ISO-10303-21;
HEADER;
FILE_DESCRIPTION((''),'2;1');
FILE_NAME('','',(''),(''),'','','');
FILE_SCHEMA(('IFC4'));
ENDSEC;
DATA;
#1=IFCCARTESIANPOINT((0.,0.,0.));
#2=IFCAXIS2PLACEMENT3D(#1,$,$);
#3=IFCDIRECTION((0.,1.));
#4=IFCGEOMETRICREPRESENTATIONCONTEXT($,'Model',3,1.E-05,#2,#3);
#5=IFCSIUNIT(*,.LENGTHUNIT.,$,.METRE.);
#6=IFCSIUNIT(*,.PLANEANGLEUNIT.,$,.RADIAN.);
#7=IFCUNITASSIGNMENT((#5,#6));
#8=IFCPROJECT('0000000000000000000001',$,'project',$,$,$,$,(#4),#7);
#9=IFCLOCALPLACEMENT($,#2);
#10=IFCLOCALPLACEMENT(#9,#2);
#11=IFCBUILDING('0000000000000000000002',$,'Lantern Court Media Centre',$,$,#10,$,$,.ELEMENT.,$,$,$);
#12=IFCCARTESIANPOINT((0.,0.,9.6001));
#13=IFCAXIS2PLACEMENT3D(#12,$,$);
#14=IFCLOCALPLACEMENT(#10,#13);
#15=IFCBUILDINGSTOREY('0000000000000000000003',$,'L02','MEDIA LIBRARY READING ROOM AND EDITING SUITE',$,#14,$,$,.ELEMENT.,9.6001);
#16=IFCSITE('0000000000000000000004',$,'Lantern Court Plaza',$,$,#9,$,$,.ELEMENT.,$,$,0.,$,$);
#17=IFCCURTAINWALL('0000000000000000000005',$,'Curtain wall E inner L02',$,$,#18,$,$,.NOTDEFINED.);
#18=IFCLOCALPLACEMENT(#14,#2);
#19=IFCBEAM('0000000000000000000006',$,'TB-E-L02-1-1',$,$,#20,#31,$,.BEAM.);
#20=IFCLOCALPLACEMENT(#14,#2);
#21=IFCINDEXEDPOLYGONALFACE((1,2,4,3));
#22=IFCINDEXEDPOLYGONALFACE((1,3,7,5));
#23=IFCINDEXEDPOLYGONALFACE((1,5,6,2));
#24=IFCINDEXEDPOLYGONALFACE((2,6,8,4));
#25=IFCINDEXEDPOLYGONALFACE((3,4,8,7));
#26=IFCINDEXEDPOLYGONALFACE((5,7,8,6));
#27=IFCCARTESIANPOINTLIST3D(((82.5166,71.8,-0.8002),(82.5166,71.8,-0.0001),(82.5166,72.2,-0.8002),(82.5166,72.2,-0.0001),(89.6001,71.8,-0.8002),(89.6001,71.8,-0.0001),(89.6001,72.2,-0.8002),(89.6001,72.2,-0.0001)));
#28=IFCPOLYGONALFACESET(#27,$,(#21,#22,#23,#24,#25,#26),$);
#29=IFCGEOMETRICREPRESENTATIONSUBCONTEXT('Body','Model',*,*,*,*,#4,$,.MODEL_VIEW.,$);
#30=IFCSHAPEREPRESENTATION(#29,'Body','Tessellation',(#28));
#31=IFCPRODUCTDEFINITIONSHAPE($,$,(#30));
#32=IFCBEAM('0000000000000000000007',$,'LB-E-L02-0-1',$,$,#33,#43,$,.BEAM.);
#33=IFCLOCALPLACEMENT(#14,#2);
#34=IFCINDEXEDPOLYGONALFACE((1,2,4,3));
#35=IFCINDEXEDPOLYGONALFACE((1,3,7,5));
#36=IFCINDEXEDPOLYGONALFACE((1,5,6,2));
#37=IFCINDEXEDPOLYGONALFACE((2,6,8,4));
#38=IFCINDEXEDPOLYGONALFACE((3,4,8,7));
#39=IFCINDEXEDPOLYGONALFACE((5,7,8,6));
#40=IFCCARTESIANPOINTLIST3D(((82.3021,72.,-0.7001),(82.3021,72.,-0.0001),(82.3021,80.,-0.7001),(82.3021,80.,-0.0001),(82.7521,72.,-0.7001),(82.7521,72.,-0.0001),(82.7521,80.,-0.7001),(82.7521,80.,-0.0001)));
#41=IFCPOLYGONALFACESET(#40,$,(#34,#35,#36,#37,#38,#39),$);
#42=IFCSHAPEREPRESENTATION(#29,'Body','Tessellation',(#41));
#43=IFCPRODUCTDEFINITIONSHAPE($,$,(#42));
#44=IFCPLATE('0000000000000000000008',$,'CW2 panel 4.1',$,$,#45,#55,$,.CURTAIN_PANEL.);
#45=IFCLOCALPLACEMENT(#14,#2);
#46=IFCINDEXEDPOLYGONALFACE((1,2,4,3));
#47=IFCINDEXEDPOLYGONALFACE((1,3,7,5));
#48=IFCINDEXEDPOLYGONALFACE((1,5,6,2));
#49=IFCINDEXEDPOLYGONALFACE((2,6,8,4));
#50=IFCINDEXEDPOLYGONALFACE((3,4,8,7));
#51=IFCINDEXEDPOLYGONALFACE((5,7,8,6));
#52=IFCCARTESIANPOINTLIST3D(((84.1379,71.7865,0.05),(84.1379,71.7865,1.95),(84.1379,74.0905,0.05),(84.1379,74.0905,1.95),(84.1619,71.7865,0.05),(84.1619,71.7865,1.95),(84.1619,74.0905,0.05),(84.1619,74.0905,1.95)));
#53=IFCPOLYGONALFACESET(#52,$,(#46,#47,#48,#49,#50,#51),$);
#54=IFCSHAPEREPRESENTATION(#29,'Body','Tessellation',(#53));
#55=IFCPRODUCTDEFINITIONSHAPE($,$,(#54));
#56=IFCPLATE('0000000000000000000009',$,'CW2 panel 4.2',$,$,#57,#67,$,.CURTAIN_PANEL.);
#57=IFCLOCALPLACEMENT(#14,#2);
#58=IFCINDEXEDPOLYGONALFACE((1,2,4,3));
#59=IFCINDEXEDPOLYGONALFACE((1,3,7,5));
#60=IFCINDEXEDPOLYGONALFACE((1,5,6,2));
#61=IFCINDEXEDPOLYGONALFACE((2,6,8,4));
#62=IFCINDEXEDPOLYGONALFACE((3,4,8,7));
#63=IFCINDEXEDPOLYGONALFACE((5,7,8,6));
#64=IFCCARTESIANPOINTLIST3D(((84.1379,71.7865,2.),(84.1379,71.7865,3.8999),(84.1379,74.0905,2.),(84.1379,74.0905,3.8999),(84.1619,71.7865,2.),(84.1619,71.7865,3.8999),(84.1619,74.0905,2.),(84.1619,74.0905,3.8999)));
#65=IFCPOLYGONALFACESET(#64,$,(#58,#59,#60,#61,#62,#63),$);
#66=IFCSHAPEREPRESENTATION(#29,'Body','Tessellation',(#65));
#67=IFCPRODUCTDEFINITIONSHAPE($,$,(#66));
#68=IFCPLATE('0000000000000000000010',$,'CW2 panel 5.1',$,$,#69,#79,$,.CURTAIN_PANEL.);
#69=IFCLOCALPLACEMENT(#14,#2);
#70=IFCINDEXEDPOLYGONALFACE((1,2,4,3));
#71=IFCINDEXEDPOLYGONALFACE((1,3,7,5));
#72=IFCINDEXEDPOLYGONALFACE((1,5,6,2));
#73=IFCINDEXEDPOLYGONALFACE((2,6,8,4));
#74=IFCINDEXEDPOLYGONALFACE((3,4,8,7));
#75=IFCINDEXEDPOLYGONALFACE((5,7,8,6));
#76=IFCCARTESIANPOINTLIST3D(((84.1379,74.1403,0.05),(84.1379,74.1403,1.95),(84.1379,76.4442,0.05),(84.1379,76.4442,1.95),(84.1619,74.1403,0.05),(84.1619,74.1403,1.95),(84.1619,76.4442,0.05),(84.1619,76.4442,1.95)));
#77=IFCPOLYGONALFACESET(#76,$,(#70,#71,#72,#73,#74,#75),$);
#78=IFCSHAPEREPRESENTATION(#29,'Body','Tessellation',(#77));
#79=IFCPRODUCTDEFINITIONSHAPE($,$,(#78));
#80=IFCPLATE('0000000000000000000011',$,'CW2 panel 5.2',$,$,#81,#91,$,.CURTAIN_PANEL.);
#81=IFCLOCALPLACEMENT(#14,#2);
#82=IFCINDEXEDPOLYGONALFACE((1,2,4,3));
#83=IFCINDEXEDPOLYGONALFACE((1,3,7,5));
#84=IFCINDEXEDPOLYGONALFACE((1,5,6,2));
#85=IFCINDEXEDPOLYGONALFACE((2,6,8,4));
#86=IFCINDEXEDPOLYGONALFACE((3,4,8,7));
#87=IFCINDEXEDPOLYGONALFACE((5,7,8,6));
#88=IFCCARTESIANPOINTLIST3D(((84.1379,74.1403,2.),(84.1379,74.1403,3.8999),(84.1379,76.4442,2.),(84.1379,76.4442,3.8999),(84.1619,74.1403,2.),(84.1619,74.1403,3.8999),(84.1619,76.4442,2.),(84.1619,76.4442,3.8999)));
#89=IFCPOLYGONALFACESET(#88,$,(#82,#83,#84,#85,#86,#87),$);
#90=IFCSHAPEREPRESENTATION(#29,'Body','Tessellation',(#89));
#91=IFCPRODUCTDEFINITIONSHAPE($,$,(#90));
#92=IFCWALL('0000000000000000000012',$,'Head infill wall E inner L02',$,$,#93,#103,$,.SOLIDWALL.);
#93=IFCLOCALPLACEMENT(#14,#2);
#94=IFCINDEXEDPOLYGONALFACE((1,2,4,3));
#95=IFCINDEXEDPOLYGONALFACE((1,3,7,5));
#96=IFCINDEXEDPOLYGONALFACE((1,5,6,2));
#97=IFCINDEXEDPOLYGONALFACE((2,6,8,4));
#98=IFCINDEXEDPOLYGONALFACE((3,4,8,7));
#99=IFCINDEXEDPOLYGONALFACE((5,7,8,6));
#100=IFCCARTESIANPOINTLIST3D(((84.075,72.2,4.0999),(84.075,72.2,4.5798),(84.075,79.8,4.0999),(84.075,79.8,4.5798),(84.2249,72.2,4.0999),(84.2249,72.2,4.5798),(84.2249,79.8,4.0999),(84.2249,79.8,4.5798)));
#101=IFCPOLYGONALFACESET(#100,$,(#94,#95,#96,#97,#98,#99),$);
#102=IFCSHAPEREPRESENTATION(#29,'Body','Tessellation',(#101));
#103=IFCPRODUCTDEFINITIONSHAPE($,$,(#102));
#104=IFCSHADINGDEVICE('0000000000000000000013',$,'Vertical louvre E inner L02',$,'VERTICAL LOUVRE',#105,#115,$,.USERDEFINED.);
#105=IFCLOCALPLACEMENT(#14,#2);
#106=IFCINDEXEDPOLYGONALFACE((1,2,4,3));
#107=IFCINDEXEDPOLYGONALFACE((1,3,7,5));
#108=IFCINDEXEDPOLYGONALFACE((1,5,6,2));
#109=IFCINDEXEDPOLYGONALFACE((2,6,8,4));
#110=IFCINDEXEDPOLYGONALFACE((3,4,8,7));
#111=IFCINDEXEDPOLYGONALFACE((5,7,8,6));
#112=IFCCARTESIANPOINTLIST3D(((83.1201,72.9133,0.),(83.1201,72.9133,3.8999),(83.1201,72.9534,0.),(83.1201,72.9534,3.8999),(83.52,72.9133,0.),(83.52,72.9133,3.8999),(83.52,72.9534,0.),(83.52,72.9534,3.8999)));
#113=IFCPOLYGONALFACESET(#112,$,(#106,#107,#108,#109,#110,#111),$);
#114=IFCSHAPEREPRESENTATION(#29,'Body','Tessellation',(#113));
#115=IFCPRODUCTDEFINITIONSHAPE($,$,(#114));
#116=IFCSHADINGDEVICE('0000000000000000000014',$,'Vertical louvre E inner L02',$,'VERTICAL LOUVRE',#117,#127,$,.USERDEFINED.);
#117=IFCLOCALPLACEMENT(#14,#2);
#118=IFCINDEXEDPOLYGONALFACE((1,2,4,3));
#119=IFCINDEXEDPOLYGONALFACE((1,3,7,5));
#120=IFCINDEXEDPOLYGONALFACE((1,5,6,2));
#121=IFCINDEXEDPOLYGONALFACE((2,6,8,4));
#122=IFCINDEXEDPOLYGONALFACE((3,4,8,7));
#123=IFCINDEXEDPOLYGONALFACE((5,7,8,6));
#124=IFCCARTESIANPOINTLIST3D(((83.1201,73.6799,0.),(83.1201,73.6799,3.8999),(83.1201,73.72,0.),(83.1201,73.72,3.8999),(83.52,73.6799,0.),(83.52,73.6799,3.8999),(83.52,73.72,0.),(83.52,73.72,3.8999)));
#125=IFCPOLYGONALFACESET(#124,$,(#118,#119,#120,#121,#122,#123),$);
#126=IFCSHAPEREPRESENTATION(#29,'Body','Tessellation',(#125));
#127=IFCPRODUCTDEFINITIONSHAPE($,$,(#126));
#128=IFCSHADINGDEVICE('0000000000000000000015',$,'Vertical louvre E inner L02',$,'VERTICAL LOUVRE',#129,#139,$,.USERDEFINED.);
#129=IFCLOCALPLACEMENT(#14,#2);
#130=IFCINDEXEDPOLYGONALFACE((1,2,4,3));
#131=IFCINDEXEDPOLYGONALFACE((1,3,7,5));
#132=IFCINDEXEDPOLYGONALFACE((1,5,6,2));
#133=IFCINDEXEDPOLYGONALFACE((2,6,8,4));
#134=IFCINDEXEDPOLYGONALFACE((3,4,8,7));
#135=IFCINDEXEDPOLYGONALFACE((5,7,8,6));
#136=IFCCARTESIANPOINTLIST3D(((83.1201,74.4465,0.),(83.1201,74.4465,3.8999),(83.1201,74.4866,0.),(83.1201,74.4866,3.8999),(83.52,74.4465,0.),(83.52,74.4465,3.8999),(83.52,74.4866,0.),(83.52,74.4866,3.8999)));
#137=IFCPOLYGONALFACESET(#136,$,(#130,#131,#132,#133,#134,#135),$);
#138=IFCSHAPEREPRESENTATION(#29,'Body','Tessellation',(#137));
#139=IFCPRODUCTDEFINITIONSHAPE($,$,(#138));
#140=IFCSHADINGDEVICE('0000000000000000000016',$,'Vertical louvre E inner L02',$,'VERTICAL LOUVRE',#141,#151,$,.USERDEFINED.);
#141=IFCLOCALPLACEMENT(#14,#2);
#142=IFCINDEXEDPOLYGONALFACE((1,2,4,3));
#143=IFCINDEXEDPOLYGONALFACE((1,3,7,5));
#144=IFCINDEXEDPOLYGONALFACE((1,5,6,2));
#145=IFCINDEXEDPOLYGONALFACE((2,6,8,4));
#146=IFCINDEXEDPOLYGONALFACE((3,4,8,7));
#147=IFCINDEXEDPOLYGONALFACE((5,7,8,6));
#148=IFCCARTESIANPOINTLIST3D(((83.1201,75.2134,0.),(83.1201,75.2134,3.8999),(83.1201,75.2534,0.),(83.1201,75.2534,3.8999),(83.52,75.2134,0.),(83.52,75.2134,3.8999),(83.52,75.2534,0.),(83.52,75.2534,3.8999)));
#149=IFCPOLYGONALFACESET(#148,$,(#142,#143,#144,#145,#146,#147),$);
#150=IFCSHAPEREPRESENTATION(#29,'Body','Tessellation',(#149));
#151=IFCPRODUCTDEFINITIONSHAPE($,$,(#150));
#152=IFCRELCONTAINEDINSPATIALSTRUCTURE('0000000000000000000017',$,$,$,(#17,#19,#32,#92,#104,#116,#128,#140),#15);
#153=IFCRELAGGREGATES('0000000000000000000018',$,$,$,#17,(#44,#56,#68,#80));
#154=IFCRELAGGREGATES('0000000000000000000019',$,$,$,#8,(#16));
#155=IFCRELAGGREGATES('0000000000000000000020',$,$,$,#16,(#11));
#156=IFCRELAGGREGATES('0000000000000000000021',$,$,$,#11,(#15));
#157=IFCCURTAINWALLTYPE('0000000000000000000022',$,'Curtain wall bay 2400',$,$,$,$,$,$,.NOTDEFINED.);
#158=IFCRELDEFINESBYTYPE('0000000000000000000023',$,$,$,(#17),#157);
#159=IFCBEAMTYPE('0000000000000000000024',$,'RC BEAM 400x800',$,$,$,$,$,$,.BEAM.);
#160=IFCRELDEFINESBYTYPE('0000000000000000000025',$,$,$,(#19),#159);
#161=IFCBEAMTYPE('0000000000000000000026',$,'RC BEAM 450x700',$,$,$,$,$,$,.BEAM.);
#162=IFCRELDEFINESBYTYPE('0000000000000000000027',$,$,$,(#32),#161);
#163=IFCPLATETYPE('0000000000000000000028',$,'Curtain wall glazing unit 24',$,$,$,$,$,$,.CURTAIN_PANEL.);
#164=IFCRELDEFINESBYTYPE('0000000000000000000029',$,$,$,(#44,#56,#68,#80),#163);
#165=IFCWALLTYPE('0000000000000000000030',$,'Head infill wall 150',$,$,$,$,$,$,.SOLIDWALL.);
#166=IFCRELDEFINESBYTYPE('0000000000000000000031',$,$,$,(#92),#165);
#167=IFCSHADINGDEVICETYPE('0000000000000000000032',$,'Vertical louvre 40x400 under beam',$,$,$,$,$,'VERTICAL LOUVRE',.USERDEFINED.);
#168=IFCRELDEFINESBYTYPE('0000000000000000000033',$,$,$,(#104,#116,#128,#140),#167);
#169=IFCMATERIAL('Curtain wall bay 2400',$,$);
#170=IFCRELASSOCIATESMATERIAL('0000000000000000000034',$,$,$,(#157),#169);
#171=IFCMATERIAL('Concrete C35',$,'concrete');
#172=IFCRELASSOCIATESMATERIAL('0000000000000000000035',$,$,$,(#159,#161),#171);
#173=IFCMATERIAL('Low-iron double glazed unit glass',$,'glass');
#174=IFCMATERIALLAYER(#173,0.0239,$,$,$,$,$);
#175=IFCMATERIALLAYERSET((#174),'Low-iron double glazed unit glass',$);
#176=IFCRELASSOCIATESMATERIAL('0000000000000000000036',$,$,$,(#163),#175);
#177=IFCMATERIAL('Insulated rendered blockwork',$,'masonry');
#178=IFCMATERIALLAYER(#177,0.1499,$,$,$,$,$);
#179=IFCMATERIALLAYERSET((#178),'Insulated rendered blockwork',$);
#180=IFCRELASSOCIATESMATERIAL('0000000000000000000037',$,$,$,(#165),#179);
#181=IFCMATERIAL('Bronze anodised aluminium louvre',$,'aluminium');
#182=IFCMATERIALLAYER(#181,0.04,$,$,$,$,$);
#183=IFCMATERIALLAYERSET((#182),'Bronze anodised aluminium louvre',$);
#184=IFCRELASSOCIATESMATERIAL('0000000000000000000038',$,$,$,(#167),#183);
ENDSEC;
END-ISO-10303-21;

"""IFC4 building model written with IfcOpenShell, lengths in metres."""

from ifc_helpers import new_model, si_unit, direction, frame, frame_2d, origin, origin_2d, place, context, subcontext, project, spatial, rectangle, extrude, material, layer, layer_set, material_profile, profile_set, type_object, element, aggregate, save


model = new_model("IFC4")

# Units and contexts
model_context = context("Model", 3, precision=1e-05, world=origin(), true_north=direction((0.0, 1.0)))
body_context = subcontext(model_context, "Body", "Model", "MODEL_VIEW")
ifc_project = project(units=[si_unit("LENGTHUNIT", "METRE"), si_unit("PLANEANGLEUNIT", "RADIAN")], contexts=[model_context])

# Site, building, storey
site_placement = place(None, origin())
site = spatial("IfcSite", under=ifc_project, at=site_placement, Name="Lantern Court Plaza", CompositionType="ELEMENT", RefElevation=0.0)
building_placement = place(site_placement, origin())
building = spatial("IfcBuilding", under=site, at=building_placement, Name="Lantern Court Media Centre", CompositionType="ELEMENT")
storey_placement = place(building_placement, frame((0.0, 0.0, 9.6001)))
storey = spatial("IfcBuildingStorey", under=building, at=storey_placement, Name="L02", Description="MEDIA LIBRARY READING ROOM AND EDITING SUITE", CompositionType="ELEMENT", Elevation=9.6001)

# Shared definitions
ifc_material_1 = material(Name="Concrete C35", Category="concrete")

# Curtain wall
ifc_material_2 = material(Name="Curtain wall bay 2400")
curtain_wall_type = type_object("IfcCurtainWallType", Name="Curtain wall bay 2400", PredefinedType="NOTDEFINED", material=ifc_material_2)
curtain_wall_placement = place(storey_placement, origin())
curtain_wall = element("IfcCurtainWall", 1, at=curtain_wall_placement, inside=storey, type_object=curtain_wall_type, Name="Curtain wall E inner L02", PredefinedType="NOTDEFINED")

# Beams
ifc_material_profile_1 = material_profile(ifc_material_1, rectangle(XDim=0.3999, YDim=0.8, at=origin_2d()), Name="RC 400x800")
ifc_profile_set_1 = profile_set([ifc_material_profile_1], Name="Concrete C35")
beam_type_1 = type_object("IfcBeamType", Name="RC BEAM 400x800", PredefinedType="BEAM", material=ifc_profile_set_1)
beam_1_placement = place(storey_placement, frame((82.5166, 72.0, -0.4001), z_axis=(1.0, 0.0, 0.0), x_axis=(0.0, 1.0, 0.0)))
element("IfcBeam", 2, at=beam_1_placement, inside=storey, type_object=beam_type_1, Name="TB-E-L02-1-1", PredefinedType="BEAM", context=body_context, shape_type="SweptSolid", body=[
    extrude(rectangle(XDim=0.3999, YDim=0.8, at=origin_2d()), origin(), (0.0, 0.0, 1.0), 7.0835),
])
ifc_material_profile_2 = material_profile(ifc_material_1, rectangle(XDim=0.45, YDim=0.7, at=origin_2d()), Name="RC 450x700")
ifc_profile_set_2 = profile_set([ifc_material_profile_2], Name="Concrete C35")
beam_type_2 = type_object("IfcBeamType", Name="RC BEAM 450x700", PredefinedType="BEAM", material=ifc_profile_set_2)
beam_2_placement = place(storey_placement, frame((82.5271, 72.0, -0.3501), z_axis=(0.0, 1.0, 0.0), x_axis=(-1.0, 0.0, 0.0)))
element("IfcBeam", 3, at=beam_2_placement, inside=storey, type_object=beam_type_2, Name="LB-E-L02-0-1", PredefinedType="BEAM", context=body_context, shape_type="SweptSolid", body=[
    extrude(rectangle(XDim=0.45, YDim=0.7, at=origin_2d()), origin(), (0.0, 0.0, 1.0), 8.0),
])

# Plates
ifc_material_3 = material(Name="Low-iron double glazed unit glass", Category="glass")
ifc_layer_1 = layer(ifc_material_3, 0.0239)
ifc_layer_set_1 = layer_set([ifc_layer_1], Name="Low-iron double glazed unit glass")
plate_type = type_object("IfcPlateType", Name="Curtain wall glazing unit 24", PredefinedType="CURTAIN_PANEL", material=ifc_layer_set_1)
plate_1_placement = place(storey_placement, frame((84.1499, 72.9385, 0.05), z_axis=(0.0, 0.0, 1.0), x_axis=(0.0, 1.0, 0.0)))
plate_1 = element("IfcPlate", 4, at=plate_1_placement, type_object=plate_type, Name="CW2 panel 4.1", PredefinedType="CURTAIN_PANEL", context=body_context, shape_type="SweptSolid", body=[
    extrude(rectangle(XDim=2.304, YDim=0.0239, at=origin_2d()), origin(), (0.0, 0.0, 1.0), 1.8999),
])
plate_2_placement = place(storey_placement, frame((84.1499, 72.9385, 2.0), z_axis=(0.0, 0.0, 1.0), x_axis=(0.0, 1.0, 0.0)))
plate_2 = element("IfcPlate", 5, at=plate_2_placement, type_object=plate_type, Name="CW2 panel 4.2", PredefinedType="CURTAIN_PANEL", context=body_context, shape_type="SweptSolid", body=[
    extrude(rectangle(XDim=2.304, YDim=0.0239, at=origin_2d()), origin(), (0.0, 0.0, 1.0), 1.8999),
])
plate_3_placement = place(storey_placement, frame((84.1499, 75.2922, 0.05), z_axis=(0.0, 0.0, 1.0), x_axis=(0.0, 1.0, 0.0)))
plate_3 = element("IfcPlate", 6, at=plate_3_placement, type_object=plate_type, Name="CW2 panel 5.1", PredefinedType="CURTAIN_PANEL", context=body_context, shape_type="SweptSolid", body=[
    extrude(rectangle(XDim=2.304, YDim=0.0239, at=origin_2d()), origin(), (0.0, 0.0, 1.0), 1.8999),
])
plate_4_placement = place(storey_placement, frame((84.1499, 75.2922, 2.0), z_axis=(0.0, 0.0, 1.0), x_axis=(0.0, 1.0, 0.0)))
plate_4 = element("IfcPlate", 7, at=plate_4_placement, type_object=plate_type, Name="CW2 panel 5.2", PredefinedType="CURTAIN_PANEL", context=body_context, shape_type="SweptSolid", body=[
    extrude(rectangle(XDim=2.304, YDim=0.0239, at=origin_2d()), origin(), (0.0, 0.0, 1.0), 1.8999),
])
aggregate(curtain_wall, [plate_1, plate_2, plate_3, plate_4])

# Wall
ifc_material_4 = material(Name="Insulated rendered blockwork", Category="masonry")
ifc_layer_2 = layer(ifc_material_4, 0.1499)
ifc_layer_set_2 = layer_set([ifc_layer_2], Name="Insulated rendered blockwork")
wall_type = type_object("IfcWallType", Name="Head infill wall 150", PredefinedType="SOLIDWALL", material=ifc_layer_set_2)
wall_placement = place(storey_placement, frame((84.1499, 72.2, 4.0999), z_axis=(0.0, 0.0, 1.0), x_axis=(0.0, 1.0, 0.0)))
element("IfcWall", 8, at=wall_placement, inside=storey, type_object=wall_type, Name="Head infill wall E inner L02", PredefinedType="SOLIDWALL", context=body_context, shape_type="SweptSolid", body=[
    extrude(rectangle(XDim=7.6001, YDim=0.1499, at=frame_2d((3.8, 0.0))), origin(), (0.0, 0.0, 1.0), 0.48),
])

# Shading devices
ifc_material_5 = material(Name="Bronze anodised aluminium louvre", Category="aluminium")
ifc_layer_3 = layer(ifc_material_5, 0.04)
ifc_layer_set_3 = layer_set([ifc_layer_3], Name="Bronze anodised aluminium louvre")
shading_device_type = type_object("IfcShadingDeviceType", Name="Vertical louvre 40x400 under beam", ElementType="VERTICAL LOUVRE", PredefinedType="USERDEFINED", material=ifc_layer_set_3)
for number, where, z_axis, x_axis, name in (
    (9, (83.3201, 72.9333, 0.0), (0.0, 0.0, 1.0), (1.0, 0.0, 0.0), "Vertical louvre E inner L02"),
    (10, (83.3201, 73.7, 0.0), (0.0, 0.0, 1.0), (1.0, 0.0, 0.0), "Vertical louvre E inner L02"),
    (11, (83.3201, 74.4666, 0.0), (0.0, 0.0, 1.0), (1.0, 0.0, 0.0), "Vertical louvre E inner L02"),
    (12, (83.3201, 75.2334, 0.0), (0.0, 0.0, 1.0), (1.0, 0.0, 0.0), "Vertical louvre E inner L02"),
):
    element("IfcShadingDevice", number, at=place(storey_placement, frame(where, z_axis=z_axis, x_axis=x_axis)), inside=storey, type_object=shading_device_type, Name=name, ObjectType="VERTICAL LOUVRE", PredefinedType="USERDEFINED", context=body_context, shape_type="SweptSolid", body=[
        extrude(rectangle(XDim=0.3999, YDim=0.04, at=origin_2d()), origin(), (0.0, 0.0, 1.0), 3.8999),
    ])

save(model, "model.ifc")
